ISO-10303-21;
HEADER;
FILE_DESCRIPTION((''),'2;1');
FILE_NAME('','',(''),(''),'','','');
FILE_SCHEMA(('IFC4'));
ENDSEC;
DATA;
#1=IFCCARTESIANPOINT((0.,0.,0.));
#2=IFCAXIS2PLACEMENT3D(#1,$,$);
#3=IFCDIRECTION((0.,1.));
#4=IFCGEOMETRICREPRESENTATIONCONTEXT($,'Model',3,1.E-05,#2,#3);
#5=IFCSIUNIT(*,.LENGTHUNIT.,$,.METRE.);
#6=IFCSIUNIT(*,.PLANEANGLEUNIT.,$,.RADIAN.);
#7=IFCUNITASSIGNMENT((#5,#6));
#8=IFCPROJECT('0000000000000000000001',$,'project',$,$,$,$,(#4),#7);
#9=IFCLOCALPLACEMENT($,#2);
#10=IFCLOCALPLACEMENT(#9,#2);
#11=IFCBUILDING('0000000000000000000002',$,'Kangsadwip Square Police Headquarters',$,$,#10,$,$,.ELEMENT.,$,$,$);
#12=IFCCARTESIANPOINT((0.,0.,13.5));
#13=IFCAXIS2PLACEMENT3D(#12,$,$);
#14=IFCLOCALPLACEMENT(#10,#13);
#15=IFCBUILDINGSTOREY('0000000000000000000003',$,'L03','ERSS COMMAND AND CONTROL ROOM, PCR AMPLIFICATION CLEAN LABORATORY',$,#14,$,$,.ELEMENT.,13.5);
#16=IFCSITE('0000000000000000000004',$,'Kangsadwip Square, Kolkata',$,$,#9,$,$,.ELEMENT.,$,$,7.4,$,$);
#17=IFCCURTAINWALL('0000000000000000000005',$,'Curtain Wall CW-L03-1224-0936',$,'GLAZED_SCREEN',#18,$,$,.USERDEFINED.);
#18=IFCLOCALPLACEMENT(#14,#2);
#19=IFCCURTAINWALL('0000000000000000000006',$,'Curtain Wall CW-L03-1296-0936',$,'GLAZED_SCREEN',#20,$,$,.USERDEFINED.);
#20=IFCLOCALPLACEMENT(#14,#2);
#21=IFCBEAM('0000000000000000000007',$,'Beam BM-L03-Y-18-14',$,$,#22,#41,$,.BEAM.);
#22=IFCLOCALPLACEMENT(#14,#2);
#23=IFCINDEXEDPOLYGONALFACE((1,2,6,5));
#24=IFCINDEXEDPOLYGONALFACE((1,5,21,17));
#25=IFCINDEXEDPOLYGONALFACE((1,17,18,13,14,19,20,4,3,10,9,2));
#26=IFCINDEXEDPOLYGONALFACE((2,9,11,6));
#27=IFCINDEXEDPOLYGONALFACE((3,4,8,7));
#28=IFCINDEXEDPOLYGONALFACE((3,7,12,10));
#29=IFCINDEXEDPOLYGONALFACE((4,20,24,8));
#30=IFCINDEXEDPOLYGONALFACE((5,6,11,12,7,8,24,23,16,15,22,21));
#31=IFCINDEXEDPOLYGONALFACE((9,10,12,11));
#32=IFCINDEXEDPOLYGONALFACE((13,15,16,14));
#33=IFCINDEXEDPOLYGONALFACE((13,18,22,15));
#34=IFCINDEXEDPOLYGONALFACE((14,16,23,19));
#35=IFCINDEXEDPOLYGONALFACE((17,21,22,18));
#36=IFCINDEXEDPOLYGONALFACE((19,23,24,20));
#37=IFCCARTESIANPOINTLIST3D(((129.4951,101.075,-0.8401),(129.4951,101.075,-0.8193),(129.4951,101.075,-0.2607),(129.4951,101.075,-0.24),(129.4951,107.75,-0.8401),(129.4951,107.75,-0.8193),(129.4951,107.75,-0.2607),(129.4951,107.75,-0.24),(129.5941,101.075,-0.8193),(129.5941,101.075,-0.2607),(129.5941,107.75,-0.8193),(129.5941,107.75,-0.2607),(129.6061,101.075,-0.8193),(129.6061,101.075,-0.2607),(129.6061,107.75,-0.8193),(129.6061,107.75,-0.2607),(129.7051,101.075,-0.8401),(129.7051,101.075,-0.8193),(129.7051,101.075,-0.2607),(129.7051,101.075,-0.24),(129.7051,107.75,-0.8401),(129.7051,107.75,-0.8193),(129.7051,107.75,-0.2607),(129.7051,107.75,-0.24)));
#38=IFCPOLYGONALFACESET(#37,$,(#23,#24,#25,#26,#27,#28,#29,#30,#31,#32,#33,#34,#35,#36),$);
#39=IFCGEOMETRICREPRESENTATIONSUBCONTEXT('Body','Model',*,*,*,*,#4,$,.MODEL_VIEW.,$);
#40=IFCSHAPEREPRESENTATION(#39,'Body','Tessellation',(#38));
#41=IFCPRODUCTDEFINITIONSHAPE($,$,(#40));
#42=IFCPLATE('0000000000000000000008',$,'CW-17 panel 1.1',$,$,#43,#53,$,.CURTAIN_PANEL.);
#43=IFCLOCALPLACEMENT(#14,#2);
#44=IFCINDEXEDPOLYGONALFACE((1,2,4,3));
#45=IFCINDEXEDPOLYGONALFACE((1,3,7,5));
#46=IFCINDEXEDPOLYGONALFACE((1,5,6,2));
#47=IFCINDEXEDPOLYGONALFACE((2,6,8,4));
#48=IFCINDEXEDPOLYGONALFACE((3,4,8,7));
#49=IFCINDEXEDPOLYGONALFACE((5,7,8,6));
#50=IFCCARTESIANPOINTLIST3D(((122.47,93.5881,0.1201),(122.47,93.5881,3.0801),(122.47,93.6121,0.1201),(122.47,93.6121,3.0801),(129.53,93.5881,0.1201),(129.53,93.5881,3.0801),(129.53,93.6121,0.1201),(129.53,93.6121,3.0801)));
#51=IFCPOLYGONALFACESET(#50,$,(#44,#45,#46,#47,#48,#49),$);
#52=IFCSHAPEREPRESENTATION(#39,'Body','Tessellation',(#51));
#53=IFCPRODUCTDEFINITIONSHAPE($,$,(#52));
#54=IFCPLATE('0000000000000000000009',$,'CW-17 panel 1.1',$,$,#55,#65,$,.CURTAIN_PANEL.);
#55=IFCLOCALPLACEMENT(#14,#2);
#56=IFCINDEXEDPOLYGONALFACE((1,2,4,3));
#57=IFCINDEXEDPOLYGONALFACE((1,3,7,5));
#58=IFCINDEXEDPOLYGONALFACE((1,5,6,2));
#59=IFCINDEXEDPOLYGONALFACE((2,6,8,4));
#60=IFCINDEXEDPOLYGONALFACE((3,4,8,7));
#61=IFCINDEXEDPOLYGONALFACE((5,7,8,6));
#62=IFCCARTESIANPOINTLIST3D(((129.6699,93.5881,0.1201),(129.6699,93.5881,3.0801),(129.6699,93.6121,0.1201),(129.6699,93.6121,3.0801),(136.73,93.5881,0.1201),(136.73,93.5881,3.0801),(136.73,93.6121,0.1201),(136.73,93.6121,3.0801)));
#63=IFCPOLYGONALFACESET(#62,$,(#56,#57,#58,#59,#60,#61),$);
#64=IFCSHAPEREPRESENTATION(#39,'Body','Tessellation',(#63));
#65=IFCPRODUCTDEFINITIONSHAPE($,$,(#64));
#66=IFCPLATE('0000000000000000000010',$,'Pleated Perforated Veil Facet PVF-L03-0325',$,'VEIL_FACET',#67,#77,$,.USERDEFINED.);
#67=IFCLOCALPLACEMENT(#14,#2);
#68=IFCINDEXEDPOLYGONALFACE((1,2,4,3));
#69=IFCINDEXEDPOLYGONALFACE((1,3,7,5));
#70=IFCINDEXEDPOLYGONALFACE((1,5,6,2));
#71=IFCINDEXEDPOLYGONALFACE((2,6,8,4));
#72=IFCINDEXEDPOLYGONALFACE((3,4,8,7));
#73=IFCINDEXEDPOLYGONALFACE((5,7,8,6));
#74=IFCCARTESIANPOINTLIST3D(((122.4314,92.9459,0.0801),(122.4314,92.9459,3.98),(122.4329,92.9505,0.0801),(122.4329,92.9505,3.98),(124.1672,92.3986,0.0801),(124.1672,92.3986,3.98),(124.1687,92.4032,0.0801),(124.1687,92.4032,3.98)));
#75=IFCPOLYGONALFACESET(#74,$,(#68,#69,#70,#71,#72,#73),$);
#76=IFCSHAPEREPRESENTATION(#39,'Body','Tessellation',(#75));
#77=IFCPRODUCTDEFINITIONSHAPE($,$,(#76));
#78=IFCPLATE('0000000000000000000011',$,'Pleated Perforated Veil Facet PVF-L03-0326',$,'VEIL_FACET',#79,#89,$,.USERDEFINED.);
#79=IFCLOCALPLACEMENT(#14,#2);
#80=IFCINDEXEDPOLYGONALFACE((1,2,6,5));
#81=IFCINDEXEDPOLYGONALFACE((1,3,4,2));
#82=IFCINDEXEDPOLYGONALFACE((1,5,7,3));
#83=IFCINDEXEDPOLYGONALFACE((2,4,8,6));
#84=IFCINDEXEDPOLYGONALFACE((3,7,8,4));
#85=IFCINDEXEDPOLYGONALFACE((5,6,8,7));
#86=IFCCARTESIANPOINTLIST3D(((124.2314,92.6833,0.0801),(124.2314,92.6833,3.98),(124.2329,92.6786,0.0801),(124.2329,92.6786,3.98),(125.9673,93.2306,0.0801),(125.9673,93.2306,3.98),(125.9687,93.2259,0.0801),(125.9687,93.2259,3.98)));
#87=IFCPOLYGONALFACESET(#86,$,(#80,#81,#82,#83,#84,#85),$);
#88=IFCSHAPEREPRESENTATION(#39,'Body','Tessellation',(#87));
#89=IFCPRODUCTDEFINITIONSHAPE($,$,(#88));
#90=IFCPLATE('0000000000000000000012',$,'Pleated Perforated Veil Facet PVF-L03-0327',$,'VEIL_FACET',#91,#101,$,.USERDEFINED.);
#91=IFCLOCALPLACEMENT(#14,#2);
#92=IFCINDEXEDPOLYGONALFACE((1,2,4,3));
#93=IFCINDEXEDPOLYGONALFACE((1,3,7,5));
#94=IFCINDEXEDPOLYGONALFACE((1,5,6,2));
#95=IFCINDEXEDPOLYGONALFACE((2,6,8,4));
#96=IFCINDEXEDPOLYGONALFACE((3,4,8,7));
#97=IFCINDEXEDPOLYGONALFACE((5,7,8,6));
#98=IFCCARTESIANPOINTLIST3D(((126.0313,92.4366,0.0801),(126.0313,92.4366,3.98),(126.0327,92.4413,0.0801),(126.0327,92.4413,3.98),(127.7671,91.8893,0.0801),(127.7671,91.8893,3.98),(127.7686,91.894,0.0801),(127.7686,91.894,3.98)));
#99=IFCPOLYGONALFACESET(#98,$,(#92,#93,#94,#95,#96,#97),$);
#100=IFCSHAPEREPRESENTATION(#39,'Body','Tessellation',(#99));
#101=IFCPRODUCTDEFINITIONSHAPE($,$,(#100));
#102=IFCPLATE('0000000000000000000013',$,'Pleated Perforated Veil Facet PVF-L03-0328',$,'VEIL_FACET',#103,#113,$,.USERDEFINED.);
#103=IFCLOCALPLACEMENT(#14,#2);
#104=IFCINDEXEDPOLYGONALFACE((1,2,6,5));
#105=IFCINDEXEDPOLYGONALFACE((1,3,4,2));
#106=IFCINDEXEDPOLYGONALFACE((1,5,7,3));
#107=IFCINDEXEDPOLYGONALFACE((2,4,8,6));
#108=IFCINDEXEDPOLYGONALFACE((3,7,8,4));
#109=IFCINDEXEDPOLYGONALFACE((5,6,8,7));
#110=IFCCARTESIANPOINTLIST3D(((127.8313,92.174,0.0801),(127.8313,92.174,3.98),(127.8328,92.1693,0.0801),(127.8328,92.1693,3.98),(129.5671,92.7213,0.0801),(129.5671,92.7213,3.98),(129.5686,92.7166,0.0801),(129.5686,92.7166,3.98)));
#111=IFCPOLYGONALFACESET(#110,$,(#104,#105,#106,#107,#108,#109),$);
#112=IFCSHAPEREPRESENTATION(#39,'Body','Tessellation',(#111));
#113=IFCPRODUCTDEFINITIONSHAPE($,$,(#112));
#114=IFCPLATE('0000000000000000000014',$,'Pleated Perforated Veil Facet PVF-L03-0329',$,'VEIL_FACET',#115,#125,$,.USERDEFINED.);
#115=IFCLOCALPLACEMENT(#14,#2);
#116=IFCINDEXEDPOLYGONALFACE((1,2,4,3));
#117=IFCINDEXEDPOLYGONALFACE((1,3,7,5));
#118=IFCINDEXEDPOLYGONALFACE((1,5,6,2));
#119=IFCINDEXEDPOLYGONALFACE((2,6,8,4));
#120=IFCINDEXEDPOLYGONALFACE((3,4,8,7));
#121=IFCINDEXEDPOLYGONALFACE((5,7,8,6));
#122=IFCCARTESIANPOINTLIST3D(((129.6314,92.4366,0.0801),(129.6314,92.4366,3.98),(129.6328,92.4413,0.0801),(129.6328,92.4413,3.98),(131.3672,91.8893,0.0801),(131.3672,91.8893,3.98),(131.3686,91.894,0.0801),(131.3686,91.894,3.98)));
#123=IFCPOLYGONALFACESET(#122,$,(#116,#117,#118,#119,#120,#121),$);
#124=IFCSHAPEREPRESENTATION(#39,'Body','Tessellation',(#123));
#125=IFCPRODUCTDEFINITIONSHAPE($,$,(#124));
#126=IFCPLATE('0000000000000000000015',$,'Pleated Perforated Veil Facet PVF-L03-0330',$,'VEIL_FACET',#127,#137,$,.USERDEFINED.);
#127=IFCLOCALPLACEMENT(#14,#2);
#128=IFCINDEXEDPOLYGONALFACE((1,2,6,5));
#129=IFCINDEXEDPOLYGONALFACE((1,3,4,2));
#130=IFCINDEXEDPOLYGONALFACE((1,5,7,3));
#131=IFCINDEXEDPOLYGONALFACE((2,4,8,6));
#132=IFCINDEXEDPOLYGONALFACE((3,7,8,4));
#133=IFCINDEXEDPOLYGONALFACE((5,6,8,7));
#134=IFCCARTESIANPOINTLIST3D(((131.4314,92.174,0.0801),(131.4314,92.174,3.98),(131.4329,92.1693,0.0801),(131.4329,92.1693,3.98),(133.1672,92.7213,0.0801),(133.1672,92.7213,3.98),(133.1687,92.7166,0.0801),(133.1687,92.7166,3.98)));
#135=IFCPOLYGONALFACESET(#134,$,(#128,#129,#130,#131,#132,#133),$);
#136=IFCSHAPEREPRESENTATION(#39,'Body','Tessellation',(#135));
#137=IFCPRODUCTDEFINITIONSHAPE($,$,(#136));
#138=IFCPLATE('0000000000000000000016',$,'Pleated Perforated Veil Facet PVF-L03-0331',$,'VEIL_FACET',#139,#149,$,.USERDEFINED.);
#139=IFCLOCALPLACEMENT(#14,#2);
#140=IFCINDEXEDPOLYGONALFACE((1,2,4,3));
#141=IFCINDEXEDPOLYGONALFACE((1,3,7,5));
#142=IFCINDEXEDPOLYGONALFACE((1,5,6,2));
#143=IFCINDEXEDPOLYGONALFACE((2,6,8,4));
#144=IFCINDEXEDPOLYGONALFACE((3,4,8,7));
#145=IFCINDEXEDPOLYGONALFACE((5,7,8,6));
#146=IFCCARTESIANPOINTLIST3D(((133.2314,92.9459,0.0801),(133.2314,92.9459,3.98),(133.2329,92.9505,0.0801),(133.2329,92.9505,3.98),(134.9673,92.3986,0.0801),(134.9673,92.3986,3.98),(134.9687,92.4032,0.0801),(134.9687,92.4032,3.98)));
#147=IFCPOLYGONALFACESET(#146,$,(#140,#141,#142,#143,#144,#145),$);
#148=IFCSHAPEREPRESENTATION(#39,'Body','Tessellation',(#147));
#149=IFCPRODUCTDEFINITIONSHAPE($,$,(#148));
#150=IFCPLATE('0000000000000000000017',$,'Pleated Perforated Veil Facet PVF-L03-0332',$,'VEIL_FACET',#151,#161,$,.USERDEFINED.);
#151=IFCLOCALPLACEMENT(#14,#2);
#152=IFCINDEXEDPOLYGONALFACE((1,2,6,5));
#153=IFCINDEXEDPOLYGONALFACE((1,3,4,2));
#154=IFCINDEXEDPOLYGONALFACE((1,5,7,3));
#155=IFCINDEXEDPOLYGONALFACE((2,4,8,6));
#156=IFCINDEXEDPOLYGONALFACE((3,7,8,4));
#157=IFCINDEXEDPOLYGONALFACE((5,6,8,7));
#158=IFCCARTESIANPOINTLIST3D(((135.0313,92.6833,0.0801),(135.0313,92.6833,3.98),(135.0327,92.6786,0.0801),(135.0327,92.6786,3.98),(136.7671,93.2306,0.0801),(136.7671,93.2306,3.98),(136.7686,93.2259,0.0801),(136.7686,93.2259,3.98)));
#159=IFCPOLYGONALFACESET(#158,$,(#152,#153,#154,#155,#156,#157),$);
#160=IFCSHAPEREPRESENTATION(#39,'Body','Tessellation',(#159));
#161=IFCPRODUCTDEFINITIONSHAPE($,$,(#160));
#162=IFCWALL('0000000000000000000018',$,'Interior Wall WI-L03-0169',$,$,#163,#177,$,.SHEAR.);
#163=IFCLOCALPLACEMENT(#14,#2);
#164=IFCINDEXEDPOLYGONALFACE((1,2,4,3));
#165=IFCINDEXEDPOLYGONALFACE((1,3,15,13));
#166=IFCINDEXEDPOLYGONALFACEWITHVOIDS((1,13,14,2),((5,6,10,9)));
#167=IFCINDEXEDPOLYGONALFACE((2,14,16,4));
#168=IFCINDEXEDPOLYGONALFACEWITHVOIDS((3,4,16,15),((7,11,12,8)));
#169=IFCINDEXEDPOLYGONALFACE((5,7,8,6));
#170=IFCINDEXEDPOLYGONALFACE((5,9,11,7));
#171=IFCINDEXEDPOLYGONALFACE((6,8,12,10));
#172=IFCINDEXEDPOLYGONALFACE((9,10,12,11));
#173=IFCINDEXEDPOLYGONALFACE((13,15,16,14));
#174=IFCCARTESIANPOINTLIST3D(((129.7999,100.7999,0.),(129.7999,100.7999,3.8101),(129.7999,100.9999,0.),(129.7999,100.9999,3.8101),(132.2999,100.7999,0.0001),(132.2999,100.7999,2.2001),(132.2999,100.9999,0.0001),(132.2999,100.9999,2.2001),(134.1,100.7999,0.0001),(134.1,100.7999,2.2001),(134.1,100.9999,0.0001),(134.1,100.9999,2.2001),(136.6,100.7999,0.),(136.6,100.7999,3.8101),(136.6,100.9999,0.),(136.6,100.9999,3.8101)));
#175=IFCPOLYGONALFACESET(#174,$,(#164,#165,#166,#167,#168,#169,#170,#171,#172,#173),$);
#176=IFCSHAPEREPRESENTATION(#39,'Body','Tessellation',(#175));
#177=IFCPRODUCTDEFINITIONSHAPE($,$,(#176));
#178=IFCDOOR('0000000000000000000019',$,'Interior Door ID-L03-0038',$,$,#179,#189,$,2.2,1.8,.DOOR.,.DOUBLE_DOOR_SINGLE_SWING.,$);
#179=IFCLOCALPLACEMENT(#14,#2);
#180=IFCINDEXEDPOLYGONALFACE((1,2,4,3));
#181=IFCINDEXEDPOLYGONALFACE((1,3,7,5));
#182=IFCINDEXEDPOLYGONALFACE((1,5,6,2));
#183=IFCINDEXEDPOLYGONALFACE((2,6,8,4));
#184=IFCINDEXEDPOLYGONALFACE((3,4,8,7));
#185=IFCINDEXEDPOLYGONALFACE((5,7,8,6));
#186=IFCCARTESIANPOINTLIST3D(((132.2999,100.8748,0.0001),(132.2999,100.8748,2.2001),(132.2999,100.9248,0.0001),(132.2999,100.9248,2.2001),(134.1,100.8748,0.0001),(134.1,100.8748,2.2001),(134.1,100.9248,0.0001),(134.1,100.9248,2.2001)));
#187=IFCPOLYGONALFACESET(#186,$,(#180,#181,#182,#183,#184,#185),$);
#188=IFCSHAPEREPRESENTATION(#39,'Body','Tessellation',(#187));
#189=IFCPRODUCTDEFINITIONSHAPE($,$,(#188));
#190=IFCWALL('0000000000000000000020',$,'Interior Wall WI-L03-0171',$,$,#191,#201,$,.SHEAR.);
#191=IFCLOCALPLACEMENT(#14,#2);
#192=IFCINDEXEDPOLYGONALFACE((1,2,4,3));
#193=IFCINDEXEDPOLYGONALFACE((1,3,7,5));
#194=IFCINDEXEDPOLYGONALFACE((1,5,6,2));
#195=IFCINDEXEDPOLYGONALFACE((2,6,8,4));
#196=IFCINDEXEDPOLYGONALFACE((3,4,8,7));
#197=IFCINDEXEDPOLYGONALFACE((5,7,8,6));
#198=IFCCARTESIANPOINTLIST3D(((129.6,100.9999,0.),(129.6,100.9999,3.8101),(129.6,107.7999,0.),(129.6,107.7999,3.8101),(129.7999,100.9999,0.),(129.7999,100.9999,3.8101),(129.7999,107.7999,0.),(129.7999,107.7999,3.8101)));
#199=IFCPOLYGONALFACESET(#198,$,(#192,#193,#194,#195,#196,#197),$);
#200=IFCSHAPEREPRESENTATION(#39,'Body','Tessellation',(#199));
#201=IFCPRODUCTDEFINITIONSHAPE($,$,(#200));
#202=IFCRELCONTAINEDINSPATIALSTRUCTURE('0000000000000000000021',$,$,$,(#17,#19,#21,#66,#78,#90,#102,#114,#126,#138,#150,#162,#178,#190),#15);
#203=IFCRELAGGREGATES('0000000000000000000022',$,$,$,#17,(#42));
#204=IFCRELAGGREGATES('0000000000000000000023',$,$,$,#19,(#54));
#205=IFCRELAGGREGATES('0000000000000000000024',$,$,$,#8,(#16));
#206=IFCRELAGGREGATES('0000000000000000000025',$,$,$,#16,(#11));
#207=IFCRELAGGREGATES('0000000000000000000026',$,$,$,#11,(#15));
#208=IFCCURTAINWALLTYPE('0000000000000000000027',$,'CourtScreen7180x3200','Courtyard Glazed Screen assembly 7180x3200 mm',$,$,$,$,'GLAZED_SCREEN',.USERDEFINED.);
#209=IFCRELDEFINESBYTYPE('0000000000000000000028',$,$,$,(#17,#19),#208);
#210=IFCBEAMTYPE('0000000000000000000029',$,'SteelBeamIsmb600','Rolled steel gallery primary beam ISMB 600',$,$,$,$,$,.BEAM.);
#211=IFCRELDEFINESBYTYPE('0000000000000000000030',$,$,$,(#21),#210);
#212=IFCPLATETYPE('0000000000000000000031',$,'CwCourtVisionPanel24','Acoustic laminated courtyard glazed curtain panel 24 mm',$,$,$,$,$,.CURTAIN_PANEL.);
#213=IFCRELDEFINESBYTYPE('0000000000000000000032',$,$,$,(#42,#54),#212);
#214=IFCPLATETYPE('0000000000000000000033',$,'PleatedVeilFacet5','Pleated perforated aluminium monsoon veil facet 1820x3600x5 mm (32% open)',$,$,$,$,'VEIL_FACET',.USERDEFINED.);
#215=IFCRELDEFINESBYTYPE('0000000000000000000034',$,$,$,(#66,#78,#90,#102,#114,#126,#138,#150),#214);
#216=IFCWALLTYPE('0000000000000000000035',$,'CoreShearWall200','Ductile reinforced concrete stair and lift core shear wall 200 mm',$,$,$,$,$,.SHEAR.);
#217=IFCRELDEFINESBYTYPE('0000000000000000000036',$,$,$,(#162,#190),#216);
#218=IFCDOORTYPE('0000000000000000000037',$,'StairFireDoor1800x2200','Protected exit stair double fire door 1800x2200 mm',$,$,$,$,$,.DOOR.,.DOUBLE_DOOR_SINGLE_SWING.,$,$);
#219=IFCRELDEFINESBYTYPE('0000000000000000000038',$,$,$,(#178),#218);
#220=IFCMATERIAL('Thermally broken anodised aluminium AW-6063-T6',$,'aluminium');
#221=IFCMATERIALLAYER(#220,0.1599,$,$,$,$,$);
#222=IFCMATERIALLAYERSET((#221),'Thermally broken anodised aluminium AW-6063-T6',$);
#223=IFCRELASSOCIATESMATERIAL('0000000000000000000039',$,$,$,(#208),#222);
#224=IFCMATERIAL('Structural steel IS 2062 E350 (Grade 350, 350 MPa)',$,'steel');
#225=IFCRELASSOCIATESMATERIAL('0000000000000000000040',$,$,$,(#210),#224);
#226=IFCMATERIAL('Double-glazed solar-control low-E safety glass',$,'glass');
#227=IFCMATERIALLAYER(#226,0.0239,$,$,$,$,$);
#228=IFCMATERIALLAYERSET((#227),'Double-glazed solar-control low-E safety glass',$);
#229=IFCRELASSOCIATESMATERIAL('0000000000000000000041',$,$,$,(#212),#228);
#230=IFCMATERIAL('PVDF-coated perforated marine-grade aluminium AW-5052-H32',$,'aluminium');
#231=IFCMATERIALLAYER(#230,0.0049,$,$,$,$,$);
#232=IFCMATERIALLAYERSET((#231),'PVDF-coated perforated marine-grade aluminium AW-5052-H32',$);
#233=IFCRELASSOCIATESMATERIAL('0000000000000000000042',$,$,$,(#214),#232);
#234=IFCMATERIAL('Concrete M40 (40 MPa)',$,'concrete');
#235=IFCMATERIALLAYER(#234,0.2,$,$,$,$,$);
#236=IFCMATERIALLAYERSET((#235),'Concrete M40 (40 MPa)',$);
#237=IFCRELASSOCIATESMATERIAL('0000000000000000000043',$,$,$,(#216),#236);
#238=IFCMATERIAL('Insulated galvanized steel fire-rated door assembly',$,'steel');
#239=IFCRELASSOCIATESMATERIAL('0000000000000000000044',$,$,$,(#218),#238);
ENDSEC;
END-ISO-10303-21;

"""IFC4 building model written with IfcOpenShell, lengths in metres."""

from ifc_helpers import new_model, si_unit, direction, frame, frame_2d, origin, origin_2d, place, context, subcontext, project, spatial, rectangle, i_section, extrude, material, layer, layer_set, material_profile, profile_set, type_object, element, fill, aggregate, save


model = new_model("IFC4")

# Units and contexts
model_context = context("Model", 3, precision=1e-05, world=origin(), true_north=direction((0.0, 1.0)))
body_context = subcontext(model_context, "Body", "Model", "MODEL_VIEW")
ifc_project = project(units=[si_unit("LENGTHUNIT", "METRE"), si_unit("PLANEANGLEUNIT", "RADIAN")], contexts=[model_context])

# Site, building, storey
site_placement = place(None, origin())
site = spatial("IfcSite", under=ifc_project, at=site_placement, Name="Kangsadwip Square, Kolkata", CompositionType="ELEMENT", RefElevation=7.4)
building_placement = place(site_placement, origin())
building = spatial("IfcBuilding", under=site, at=building_placement, Name="Kangsadwip Square Police Headquarters", CompositionType="ELEMENT")
storey_placement = place(building_placement, frame((0.0, 0.0, 13.5)))
storey = spatial("IfcBuildingStorey", under=building, at=storey_placement, Name="L03", Description="ERSS COMMAND AND CONTROL ROOM, PCR AMPLIFICATION CLEAN LABORATORY", CompositionType="ELEMENT", Elevation=13.5)

# Curtain wall
ifc_material_1 = material(Name="Thermally broken anodised aluminium AW-6063-T6", Category="aluminium")
ifc_layer_1 = layer(ifc_material_1, 0.1599)
ifc_layer_set_1 = layer_set([ifc_layer_1], Name="Thermally broken anodised aluminium AW-6063-T6")
curtain_wall_type = type_object("IfcCurtainWallType", Name="CourtScreen7180x3200", Description="Courtyard Glazed Screen assembly 7180x3200 mm", ElementType="GLAZED_SCREEN", PredefinedType="USERDEFINED", material=ifc_layer_set_1)
curtain_wall_1_placement = place(storey_placement, origin())
curtain_wall_1 = element("IfcCurtainWall", 1, at=curtain_wall_1_placement, inside=storey, type_object=curtain_wall_type, Name="Curtain Wall CW-L03-1224-0936", ObjectType="GLAZED_SCREEN", PredefinedType="USERDEFINED")

# Curtain wall
curtain_wall_2_placement = place(storey_placement, origin())
curtain_wall_2 = element("IfcCurtainWall", 2, at=curtain_wall_2_placement, inside=storey, type_object=curtain_wall_type, Name="Curtain Wall CW-L03-1296-0936", ObjectType="GLAZED_SCREEN", PredefinedType="USERDEFINED")

# Beam
ifc_material_2 = material(Name="Structural steel IS 2062 E350 (Grade 350, 350 MPa)", Category="steel")
ifc_material_profile_1 = material_profile(ifc_material_2, i_section(OverallWidth=0.21, OverallDepth=0.6001, WebThickness=0.012, FlangeThickness=0.0208, at=origin_2d()), Name="ISMB 600")
ifc_profile_set_1 = profile_set([ifc_material_profile_1], Name="Structural steel IS 2062 E350 (Grade 350, 350 MPa)")
beam_type_1 = type_object("IfcBeamType", Name="SteelBeamIsmb600", Description="Rolled steel gallery primary beam ISMB 600", PredefinedType="BEAM", material=ifc_profile_set_1)
beam_1_placement = place(storey_placement, frame((129.6001, 101.075, -0.54), z_axis=(0.0, 1.0, 0.0), x_axis=(-1.0, 0.0, 0.0)))
element("IfcBeam", 3, at=beam_1_placement, inside=storey, type_object=beam_type_1, Name="Beam BM-L03-Y-18-14", PredefinedType="BEAM", context=body_context, shape_type="SweptSolid", body=[
    extrude(i_section(OverallWidth=0.21, OverallDepth=0.6001, WebThickness=0.012, FlangeThickness=0.0208, at=origin_2d()), origin(), (0.0, 0.0, 1.0), 6.675),
])

# Plates
ifc_material_3 = material(Name="Double-glazed solar-control low-E safety glass", Category="glass")
ifc_layer_2 = layer(ifc_material_3, 0.0239)
ifc_layer_set_2 = layer_set([ifc_layer_2], Name="Double-glazed solar-control low-E safety glass")
plate_type_1 = type_object("IfcPlateType", Name="CwCourtVisionPanel24", Description="Acoustic laminated courtyard glazed curtain panel 24 mm", PredefinedType="CURTAIN_PANEL", material=ifc_layer_set_2)
plate_1_placement = place(storey_placement, frame((126.0, 93.6001, 0.1201), z_axis=(0.0, 0.0, 1.0), x_axis=(1.0, 0.0, 0.0)))
plate_1 = element("IfcPlate", 4, at=plate_1_placement, type_object=plate_type_1, Name="CW-17 panel 1.1", PredefinedType="CURTAIN_PANEL", context=body_context, shape_type="SweptSolid", body=[
    extrude(rectangle(XDim=7.0601, YDim=0.0239, at=origin_2d()), origin(), (0.0, 0.0, 1.0), 2.96),
])
aggregate(curtain_wall_1, [plate_1])
plate_2_placement = place(storey_placement, frame((133.2, 93.6001, 0.1201), z_axis=(0.0, 0.0, 1.0), x_axis=(1.0, 0.0, 0.0)))
plate_2 = element("IfcPlate", 5, at=plate_2_placement, type_object=plate_type_1, Name="CW-17 panel 1.1", PredefinedType="CURTAIN_PANEL", context=body_context, shape_type="SweptSolid", body=[
    extrude(rectangle(XDim=7.0601, YDim=0.0239, at=origin_2d()), origin(), (0.0, 0.0, 1.0), 2.96),
])
aggregate(curtain_wall_2, [plate_2])

# Plates
ifc_material_4 = material(Name="PVDF-coated perforated marine-grade aluminium AW-5052-H32", Category="aluminium")
ifc_layer_3 = layer(ifc_material_4, 0.0049)
ifc_layer_set_3 = layer_set([ifc_layer_3], Name="PVDF-coated perforated marine-grade aluminium AW-5052-H32")
plate_type_2 = type_object("IfcPlateType", Name="PleatedVeilFacet5", Description="Pleated perforated aluminium monsoon veil facet 1820x3600x5 mm (32% open)", ElementType="VEIL_FACET", PredefinedType="USERDEFINED", material=ifc_layer_set_3)
for number, where, z_axis, x_axis, name in (
    (6, (123.3, 92.6746, 0.0801), (0.0, 0.0, 1.0), (0.953717, -0.300706, 0.0), "Pleated Perforated Veil Facet PVF-L03-0325"),
    (7, (125.1001, 92.9546, 0.0801), (0.0, 0.0, 1.0), (0.953717, 0.300706, 0.0), "Pleated Perforated Veil Facet PVF-L03-0326"),
    (8, (126.8999, 92.1653, 0.0801), (0.0, 0.0, 1.0), (0.953717, -0.300706, 0.0), "Pleated Perforated Veil Facet PVF-L03-0327"),
    (9, (128.7, 92.4453, 0.0801), (0.0, 0.0, 1.0), (0.953717, 0.300706, 0.0), "Pleated Perforated Veil Facet PVF-L03-0328"),
    (10, (130.5, 92.1653, 0.0801), (0.0, 0.0, 1.0), (0.953717, -0.300706, 0.0), "Pleated Perforated Veil Facet PVF-L03-0329"),
    (11, (132.3, 92.4453, 0.0801), (0.0, 0.0, 1.0), (0.953717, 0.300706, 0.0), "Pleated Perforated Veil Facet PVF-L03-0330"),
    (12, (134.1001, 92.6746, 0.0801), (0.0, 0.0, 1.0), (0.953717, -0.300706, 0.0), "Pleated Perforated Veil Facet PVF-L03-0331"),
    (13, (135.8999, 92.9546, 0.0801), (0.0, 0.0, 1.0), (0.953717, 0.300706, 0.0), "Pleated Perforated Veil Facet PVF-L03-0332"),
):
    element("IfcPlate", number, at=place(storey_placement, frame(where, z_axis=z_axis, x_axis=x_axis)), inside=storey, type_object=plate_type_2, Name=name, ObjectType="VEIL_FACET", PredefinedType="USERDEFINED", context=body_context, shape_type="SweptSolid", body=[
        extrude(rectangle(XDim=1.8201, YDim=0.0049, at=origin_2d()), origin(), (0.0, 0.0, 1.0), 3.8999),
    ])

# Wall, opening, door
ifc_material_5 = material(Name="Concrete M40 (40 MPa)", Category="concrete")
ifc_layer_4 = layer(ifc_material_5, 0.2)
ifc_layer_set_4 = layer_set([ifc_layer_4], Name="Concrete M40 (40 MPa)")
wall_type = type_object("IfcWallType", Name="CoreShearWall200", Description="Ductile reinforced concrete stair and lift core shear wall 200 mm", PredefinedType="SHEAR", material=ifc_layer_set_4)
wall_1_placement = place(storey_placement, frame((129.8, 100.8999, 0.0), z_axis=(0.0, 0.0, 1.0), x_axis=(1.0, 0.0, 0.0)))
wall_1 = element("IfcWall", 14, at=wall_1_placement, inside=storey, type_object=wall_type, Name="Interior Wall WI-L03-0169", PredefinedType="SHEAR", context=body_context, shape_type="SweptSolid", body=[
    extrude(rectangle(XDim=6.8, YDim=0.2, at=frame_2d((3.3999, 0.0))), origin(), (0.0, 0.0, 1.0), 3.8101),
])
opening_placement = place(wall_1_placement, frame((2.5, 0.0, 0.0)))
opening = element("IfcOpeningElement", 15, at=opening_placement, cuts=wall_1, PredefinedType="OPENING", context=body_context, shape_type="SweptSolid", body=[
    extrude(rectangle(XDim=1.8, YDim=2.2, at=frame_2d((0.8999, 1.1001))), frame((0.0, 0.1099, 0.0), z_axis=(0.0, -1.0, 0.0), x_axis=(1.0, 0.0, 0.0)), (0.0, 0.0, 1.0), 0.22),
])
ifc_material_6 = material(Name="Insulated galvanized steel fire-rated door assembly", Category="steel")
door_type = type_object("IfcDoorType", Name="StairFireDoor1800x2200", Description="Protected exit stair double fire door 1800x2200 mm", OperationType="DOUBLE_DOOR_SINGLE_SWING", PredefinedType="DOOR", material=ifc_material_6)
door_placement = place(opening_placement, origin())
door = element("IfcDoor", 16, at=door_placement, inside=storey, type_object=door_type, Name="Interior Door ID-L03-0038", OperationType="DOUBLE_DOOR_SINGLE_SWING", OverallHeight=2.2, OverallWidth=1.8, PredefinedType="DOOR", context=body_context, shape_type="SweptSolid", body=[
    extrude(rectangle(XDim=1.8, YDim=2.2, at=frame_2d((0.8999, 1.1001))), frame((0.0, 0.0249, 0.0), z_axis=(0.0, -1.0, 0.0), x_axis=(1.0, 0.0, 0.0)), (0.0, 0.0, 1.0), 0.05),
])
fill(opening, door)

# Wall
wall_2_placement = place(storey_placement, frame((129.7, 101.0, 0.0), z_axis=(0.0, 0.0, 1.0), x_axis=(0.0, 1.0, 0.0)))
element("IfcWall", 17, at=wall_2_placement, inside=storey, type_object=wall_type, Name="Interior Wall WI-L03-0171", PredefinedType="SHEAR", context=body_context, shape_type="SweptSolid", body=[
    extrude(rectangle(XDim=6.8, YDim=0.2, at=frame_2d((3.3999, 0.0))), origin(), (0.0, 0.0, 1.0), 3.8101),
])

save(model, "model.ifc")
